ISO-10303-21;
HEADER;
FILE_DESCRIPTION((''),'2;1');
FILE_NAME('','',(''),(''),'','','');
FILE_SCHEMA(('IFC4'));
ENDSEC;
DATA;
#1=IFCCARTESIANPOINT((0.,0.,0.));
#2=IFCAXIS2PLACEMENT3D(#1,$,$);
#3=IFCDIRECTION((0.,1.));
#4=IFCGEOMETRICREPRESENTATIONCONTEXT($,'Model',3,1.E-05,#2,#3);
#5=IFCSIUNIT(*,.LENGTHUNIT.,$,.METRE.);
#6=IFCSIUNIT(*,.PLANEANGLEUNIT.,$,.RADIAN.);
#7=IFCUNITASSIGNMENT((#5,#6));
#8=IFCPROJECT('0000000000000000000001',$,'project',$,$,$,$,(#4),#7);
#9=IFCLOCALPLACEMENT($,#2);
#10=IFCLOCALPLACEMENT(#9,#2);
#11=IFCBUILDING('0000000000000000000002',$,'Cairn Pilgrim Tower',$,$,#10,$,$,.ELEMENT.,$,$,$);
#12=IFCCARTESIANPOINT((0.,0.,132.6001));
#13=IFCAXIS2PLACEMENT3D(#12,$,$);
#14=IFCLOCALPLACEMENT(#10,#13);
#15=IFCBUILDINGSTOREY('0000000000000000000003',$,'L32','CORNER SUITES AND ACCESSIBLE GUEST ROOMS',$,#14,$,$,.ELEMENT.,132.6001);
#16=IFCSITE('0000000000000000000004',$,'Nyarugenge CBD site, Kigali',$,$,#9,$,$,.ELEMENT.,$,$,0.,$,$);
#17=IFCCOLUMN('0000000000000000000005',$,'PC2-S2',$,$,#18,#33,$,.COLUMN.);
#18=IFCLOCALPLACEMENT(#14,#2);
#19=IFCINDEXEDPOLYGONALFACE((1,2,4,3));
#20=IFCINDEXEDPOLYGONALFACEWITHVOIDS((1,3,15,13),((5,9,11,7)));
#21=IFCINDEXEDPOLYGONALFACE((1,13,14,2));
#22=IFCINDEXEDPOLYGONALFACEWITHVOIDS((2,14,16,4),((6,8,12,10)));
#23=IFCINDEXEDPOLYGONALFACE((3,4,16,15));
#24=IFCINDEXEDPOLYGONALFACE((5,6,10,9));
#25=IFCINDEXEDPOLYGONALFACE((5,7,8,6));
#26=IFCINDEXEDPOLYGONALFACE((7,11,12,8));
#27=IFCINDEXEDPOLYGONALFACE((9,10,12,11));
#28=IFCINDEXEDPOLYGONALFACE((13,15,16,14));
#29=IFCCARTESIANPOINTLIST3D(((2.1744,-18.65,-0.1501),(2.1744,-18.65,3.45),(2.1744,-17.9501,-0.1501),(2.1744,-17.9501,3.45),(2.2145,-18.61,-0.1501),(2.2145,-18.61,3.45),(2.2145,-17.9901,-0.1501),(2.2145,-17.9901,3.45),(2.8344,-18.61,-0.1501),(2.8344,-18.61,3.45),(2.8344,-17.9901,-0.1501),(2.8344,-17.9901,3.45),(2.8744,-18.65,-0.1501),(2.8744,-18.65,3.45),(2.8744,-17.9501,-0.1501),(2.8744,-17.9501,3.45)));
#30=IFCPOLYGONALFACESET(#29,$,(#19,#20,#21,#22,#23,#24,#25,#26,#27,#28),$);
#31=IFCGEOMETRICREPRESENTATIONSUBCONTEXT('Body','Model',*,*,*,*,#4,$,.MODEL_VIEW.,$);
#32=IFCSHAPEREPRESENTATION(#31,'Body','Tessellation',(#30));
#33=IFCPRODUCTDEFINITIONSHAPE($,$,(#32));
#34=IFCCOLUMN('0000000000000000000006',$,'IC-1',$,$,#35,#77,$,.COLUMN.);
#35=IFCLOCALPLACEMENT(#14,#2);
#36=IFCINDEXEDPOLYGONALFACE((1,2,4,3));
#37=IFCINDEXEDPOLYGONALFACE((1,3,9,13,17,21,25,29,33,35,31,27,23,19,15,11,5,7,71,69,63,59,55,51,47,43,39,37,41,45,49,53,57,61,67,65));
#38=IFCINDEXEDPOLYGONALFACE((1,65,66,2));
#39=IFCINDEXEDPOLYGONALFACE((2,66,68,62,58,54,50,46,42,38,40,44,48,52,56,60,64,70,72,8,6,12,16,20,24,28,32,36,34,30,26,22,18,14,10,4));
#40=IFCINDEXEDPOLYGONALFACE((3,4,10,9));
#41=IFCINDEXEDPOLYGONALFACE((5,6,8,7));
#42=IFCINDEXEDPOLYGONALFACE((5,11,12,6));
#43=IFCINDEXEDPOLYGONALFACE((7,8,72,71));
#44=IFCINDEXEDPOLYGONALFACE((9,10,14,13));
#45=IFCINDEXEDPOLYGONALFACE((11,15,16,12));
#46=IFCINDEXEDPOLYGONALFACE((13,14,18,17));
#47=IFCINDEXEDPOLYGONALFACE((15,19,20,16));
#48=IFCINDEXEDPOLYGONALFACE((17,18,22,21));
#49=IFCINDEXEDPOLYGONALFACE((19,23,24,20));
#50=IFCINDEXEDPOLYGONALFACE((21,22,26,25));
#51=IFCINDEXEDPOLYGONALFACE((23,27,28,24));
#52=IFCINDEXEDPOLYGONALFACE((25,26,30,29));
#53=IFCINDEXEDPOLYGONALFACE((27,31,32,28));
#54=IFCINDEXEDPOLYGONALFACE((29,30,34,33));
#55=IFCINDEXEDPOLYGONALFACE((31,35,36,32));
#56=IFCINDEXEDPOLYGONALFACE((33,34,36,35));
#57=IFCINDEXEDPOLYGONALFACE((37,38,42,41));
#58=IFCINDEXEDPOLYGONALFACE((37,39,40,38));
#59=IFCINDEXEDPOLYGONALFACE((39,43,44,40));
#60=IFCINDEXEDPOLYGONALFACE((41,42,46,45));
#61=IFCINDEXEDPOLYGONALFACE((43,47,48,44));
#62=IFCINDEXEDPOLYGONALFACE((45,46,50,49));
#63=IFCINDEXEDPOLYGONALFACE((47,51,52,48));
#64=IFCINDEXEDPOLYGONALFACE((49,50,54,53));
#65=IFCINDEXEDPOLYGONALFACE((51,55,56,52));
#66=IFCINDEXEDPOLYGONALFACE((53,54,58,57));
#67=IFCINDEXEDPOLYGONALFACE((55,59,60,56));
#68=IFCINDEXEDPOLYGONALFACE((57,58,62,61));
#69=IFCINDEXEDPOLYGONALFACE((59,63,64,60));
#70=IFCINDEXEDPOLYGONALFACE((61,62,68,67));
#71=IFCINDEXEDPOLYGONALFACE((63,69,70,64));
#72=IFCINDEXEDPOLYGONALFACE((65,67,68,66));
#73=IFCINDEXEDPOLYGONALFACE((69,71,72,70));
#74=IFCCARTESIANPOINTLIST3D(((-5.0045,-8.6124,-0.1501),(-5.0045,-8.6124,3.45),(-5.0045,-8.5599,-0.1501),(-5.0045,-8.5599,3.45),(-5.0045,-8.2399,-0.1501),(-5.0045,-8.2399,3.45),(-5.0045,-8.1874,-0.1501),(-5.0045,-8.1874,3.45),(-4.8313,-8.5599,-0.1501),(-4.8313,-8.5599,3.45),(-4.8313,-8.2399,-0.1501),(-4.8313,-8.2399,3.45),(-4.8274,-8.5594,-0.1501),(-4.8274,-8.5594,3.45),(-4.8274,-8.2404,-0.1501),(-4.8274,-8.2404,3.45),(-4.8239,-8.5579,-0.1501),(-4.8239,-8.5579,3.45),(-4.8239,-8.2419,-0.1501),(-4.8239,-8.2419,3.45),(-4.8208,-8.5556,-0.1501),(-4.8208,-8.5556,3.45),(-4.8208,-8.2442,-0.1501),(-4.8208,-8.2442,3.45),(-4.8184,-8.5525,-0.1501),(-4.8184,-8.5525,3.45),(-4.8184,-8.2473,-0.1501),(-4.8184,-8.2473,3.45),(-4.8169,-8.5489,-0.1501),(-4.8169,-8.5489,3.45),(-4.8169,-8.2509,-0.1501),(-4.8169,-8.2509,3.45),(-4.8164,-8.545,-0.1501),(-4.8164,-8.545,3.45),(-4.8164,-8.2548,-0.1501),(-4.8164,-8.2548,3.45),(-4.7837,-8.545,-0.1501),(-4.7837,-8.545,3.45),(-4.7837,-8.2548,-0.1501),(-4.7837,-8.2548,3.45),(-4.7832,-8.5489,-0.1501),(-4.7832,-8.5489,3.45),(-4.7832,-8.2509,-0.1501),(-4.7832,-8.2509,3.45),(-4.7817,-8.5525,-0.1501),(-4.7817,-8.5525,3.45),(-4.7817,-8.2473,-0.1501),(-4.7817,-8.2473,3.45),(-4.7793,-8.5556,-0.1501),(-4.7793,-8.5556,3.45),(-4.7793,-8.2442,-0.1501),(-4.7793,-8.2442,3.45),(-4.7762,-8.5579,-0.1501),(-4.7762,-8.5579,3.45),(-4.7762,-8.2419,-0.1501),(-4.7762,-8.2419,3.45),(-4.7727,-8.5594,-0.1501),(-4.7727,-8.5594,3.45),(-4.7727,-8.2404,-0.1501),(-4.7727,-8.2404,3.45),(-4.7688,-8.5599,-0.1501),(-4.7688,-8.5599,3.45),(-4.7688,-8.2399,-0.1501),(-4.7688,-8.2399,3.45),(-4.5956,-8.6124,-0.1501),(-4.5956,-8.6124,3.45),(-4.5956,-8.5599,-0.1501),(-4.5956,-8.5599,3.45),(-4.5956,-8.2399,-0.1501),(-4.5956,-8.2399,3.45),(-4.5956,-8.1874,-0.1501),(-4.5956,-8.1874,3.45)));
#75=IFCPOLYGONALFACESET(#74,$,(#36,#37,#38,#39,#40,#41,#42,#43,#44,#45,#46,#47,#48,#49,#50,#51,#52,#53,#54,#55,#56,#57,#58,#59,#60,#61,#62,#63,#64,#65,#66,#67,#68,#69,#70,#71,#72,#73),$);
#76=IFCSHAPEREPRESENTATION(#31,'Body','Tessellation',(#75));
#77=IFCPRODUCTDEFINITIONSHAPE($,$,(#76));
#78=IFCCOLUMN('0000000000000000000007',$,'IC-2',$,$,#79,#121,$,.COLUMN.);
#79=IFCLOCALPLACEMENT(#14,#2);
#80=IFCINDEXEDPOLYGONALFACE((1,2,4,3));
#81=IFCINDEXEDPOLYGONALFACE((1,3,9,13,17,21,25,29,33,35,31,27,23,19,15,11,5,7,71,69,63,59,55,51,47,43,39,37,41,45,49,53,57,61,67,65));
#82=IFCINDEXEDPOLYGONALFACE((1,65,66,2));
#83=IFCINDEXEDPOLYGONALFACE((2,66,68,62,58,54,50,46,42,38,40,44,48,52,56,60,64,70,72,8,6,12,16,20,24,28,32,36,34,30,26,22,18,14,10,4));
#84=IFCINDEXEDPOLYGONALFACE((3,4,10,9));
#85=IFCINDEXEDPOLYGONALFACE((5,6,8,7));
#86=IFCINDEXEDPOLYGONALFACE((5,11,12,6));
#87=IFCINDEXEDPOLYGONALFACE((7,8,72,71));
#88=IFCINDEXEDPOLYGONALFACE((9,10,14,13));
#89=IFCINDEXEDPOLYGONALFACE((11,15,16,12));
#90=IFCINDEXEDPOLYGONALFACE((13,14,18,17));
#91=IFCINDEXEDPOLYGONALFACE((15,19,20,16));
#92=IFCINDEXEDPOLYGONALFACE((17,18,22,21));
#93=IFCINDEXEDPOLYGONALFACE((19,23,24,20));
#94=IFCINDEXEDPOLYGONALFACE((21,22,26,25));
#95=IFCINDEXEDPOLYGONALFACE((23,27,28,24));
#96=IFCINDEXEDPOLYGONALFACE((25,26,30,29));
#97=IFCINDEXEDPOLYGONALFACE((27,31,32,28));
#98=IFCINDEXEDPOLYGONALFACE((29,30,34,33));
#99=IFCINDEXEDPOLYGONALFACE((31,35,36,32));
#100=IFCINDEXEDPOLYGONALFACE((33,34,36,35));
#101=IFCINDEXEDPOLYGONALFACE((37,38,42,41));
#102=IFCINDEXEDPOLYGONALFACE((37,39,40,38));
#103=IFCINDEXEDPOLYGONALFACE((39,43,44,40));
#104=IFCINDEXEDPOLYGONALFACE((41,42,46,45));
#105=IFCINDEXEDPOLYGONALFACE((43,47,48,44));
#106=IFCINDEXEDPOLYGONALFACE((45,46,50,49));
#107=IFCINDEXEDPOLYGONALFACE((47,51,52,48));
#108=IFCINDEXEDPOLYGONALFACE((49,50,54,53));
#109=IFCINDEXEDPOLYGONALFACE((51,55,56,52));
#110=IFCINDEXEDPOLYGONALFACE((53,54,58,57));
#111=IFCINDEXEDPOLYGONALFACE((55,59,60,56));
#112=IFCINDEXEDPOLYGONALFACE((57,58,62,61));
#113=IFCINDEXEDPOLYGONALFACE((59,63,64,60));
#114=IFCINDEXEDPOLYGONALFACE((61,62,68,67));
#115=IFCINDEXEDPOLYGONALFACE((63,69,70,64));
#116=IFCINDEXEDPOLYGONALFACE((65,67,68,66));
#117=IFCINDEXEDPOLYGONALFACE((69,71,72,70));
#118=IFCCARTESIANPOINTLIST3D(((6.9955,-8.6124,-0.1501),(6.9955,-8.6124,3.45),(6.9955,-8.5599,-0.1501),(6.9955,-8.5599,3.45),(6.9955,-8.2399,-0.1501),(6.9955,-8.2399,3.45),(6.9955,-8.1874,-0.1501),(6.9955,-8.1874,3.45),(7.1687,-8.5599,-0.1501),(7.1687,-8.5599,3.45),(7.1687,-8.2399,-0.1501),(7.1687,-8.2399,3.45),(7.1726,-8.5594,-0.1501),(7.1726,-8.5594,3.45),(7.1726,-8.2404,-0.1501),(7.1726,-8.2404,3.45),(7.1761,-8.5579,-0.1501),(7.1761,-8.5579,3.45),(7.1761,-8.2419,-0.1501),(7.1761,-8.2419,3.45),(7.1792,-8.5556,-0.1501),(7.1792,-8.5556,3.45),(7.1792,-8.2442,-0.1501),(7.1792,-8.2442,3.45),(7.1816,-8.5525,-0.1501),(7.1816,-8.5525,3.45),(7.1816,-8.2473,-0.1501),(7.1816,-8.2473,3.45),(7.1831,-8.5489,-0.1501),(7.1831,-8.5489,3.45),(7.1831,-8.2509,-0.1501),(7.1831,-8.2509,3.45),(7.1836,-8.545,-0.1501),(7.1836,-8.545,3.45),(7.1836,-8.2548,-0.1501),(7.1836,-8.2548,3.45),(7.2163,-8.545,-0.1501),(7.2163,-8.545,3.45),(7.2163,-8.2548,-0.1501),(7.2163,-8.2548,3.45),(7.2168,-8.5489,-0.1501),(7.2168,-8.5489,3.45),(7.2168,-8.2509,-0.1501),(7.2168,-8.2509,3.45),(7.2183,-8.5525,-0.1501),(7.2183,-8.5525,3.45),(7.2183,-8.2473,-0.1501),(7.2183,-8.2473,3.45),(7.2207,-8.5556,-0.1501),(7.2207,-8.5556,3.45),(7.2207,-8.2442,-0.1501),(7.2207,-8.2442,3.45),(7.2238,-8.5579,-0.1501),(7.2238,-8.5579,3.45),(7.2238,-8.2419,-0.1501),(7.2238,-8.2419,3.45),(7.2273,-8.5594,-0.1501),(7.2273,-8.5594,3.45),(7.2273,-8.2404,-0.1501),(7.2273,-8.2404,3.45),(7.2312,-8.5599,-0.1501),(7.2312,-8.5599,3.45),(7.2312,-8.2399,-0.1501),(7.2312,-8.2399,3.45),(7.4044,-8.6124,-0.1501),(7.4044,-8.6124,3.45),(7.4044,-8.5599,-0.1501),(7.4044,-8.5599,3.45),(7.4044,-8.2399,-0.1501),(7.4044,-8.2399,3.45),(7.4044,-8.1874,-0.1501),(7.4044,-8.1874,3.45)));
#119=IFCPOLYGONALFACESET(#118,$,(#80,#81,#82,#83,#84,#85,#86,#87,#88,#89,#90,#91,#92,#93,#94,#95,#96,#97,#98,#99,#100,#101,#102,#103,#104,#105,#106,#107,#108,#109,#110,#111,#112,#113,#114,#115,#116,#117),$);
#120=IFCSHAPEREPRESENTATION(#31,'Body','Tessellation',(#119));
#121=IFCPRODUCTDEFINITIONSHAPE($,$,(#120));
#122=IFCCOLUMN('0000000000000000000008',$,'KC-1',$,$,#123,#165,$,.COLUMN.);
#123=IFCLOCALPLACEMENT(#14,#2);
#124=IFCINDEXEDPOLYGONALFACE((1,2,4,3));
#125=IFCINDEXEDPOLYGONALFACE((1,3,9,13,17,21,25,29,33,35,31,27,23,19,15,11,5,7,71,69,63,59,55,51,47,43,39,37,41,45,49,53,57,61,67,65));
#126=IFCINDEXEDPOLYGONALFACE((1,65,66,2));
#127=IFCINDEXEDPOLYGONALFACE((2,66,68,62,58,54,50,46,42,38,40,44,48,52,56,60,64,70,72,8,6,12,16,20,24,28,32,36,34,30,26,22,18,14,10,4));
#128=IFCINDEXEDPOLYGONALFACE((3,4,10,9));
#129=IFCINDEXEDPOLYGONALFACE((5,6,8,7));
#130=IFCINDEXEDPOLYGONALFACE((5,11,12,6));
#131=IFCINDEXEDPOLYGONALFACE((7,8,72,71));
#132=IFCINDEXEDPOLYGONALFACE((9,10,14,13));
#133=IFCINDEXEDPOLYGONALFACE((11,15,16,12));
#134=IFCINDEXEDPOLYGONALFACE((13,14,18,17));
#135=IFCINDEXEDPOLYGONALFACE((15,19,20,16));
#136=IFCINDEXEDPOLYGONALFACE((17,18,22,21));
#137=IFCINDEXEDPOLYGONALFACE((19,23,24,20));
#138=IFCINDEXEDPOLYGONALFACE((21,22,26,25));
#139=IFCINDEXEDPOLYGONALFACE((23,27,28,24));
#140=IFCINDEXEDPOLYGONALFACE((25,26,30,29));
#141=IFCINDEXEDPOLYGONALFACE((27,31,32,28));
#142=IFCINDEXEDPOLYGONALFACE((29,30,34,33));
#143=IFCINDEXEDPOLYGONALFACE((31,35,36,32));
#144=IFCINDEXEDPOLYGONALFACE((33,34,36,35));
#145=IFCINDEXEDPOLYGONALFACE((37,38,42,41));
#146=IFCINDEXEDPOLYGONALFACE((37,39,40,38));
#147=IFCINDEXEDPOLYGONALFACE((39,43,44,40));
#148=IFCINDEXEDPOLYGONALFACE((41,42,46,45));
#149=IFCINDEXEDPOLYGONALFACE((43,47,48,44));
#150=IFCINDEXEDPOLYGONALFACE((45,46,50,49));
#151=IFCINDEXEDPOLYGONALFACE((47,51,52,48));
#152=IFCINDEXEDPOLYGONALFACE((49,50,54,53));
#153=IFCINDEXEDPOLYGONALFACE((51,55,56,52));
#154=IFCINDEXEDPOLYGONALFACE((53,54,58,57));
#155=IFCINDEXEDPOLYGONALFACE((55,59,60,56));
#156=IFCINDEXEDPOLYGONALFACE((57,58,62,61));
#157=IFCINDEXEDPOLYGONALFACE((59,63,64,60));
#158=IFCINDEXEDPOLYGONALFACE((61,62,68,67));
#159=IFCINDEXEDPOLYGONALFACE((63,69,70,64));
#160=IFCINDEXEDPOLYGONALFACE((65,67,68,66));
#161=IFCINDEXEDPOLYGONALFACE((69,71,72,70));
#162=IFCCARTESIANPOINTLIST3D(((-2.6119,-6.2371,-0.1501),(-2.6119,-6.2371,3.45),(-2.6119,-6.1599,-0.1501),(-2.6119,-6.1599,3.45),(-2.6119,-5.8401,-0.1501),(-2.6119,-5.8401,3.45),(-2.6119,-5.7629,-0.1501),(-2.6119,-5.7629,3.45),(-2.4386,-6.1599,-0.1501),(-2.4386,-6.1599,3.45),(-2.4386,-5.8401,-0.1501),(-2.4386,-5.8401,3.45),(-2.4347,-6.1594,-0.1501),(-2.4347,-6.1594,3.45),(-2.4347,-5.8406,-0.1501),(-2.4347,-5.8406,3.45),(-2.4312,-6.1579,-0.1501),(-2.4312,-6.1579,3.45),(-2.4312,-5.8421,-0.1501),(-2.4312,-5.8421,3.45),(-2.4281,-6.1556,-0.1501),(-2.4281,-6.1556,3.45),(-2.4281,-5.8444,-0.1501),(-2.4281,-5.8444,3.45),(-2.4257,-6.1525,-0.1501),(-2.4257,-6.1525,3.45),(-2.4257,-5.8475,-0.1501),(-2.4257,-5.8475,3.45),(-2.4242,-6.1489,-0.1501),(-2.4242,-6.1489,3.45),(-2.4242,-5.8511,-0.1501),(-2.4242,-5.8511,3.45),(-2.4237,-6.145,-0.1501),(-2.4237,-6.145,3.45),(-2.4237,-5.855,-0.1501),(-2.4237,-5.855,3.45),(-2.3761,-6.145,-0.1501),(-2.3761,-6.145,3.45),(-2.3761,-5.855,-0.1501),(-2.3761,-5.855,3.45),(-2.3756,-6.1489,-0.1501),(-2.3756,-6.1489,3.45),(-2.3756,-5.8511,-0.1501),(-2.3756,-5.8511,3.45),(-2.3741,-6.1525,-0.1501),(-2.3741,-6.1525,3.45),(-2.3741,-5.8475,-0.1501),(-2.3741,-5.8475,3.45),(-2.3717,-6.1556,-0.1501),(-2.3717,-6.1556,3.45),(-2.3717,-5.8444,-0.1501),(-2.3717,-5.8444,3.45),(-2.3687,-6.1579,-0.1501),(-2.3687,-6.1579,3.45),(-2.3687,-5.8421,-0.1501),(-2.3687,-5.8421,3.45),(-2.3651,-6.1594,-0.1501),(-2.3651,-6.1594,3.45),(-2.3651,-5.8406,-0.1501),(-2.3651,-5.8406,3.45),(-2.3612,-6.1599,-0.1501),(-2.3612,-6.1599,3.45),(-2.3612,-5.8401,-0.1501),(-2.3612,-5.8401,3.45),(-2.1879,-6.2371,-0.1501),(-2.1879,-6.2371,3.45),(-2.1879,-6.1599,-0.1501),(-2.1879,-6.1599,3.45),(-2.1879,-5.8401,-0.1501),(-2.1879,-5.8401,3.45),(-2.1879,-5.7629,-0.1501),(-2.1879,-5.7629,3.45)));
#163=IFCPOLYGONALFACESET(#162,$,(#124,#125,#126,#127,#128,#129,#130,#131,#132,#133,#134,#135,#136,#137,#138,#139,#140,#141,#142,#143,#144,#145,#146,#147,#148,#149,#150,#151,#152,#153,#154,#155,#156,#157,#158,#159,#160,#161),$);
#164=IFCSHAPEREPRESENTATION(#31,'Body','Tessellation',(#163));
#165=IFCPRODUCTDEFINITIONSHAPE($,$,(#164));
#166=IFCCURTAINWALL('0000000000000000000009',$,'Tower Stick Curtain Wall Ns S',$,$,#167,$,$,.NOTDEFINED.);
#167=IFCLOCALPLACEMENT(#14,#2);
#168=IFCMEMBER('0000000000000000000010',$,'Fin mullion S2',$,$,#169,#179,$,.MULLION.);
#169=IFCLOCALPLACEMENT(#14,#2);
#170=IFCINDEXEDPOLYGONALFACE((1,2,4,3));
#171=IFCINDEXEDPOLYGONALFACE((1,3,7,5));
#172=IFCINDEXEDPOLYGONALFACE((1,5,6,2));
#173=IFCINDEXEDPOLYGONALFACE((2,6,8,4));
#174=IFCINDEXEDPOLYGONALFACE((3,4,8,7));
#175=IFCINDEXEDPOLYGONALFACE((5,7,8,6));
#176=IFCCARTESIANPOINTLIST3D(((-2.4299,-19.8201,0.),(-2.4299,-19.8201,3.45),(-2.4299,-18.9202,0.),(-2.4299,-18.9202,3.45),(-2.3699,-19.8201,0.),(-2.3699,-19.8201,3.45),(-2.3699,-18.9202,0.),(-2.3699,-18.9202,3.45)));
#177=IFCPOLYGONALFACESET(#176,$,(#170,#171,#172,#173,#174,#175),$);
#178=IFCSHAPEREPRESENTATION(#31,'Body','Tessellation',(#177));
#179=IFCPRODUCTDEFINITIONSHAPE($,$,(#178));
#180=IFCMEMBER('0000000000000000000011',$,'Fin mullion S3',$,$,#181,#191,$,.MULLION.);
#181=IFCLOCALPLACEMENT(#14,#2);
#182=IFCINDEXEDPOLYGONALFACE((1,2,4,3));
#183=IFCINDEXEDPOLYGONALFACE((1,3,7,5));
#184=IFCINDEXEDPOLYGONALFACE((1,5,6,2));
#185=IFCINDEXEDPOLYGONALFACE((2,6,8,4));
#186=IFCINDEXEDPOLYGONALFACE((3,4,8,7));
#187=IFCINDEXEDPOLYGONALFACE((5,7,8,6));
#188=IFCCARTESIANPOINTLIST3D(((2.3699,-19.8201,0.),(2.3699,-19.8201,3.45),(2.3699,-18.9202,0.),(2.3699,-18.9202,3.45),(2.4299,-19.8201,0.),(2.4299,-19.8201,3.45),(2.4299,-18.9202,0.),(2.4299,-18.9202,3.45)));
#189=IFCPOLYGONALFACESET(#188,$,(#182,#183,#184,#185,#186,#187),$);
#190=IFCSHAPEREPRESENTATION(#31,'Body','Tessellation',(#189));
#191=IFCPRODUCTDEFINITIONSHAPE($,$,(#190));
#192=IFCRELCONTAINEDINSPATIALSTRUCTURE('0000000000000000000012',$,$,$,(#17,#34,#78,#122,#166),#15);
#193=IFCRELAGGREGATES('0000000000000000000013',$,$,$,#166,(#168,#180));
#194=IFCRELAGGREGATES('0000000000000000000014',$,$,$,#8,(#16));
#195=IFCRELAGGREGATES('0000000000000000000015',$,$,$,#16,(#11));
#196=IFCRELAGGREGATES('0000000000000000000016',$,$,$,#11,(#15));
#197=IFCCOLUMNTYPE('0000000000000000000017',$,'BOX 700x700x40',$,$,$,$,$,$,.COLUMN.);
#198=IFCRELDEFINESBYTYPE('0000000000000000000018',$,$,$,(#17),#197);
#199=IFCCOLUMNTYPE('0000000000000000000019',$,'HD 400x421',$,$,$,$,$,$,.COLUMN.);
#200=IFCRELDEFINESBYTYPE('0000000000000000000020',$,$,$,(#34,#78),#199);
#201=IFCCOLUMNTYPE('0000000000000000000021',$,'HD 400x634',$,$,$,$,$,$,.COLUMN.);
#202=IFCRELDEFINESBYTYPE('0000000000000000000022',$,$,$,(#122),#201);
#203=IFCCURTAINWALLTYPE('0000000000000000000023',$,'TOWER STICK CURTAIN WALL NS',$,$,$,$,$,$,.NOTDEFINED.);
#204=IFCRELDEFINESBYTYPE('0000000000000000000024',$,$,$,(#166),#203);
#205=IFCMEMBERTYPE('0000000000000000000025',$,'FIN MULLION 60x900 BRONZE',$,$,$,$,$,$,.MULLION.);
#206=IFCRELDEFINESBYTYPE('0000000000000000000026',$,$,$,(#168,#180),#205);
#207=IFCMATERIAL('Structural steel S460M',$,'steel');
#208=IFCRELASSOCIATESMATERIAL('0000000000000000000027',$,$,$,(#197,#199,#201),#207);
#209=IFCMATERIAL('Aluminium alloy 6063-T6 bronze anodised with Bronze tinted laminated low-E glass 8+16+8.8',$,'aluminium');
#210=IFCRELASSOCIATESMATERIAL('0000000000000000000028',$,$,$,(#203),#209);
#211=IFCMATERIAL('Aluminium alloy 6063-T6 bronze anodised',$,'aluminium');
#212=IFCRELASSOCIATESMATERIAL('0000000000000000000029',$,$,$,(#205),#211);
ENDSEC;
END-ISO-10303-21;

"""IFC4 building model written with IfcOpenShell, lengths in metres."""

from ifc_helpers import new_model, si_unit, direction, frame, origin, origin_2d, place, context, subcontext, project, spatial, rectangle, hollow_rectangle, i_section, extrude, material, material_profile, profile_set, type_object, element, aggregate, save


model = new_model("IFC4")

# Units and contexts
model_context = context("Model", 3, precision=1e-05, world=origin(), true_north=direction((0.0, 1.0)))
body_context = subcontext(model_context, "Body", "Model", "MODEL_VIEW")
ifc_project = project(units=[si_unit("LENGTHUNIT", "METRE"), si_unit("PLANEANGLEUNIT", "RADIAN")], contexts=[model_context])

# Site, building, storey
site_placement = place(None, origin())
site = spatial("IfcSite", under=ifc_project, at=site_placement, Name="Nyarugenge CBD site, Kigali", CompositionType="ELEMENT", RefElevation=0.0)
building_placement = place(site_placement, origin())
building = spatial("IfcBuilding", under=site, at=building_placement, Name="Cairn Pilgrim Tower", CompositionType="ELEMENT")
storey_placement = place(building_placement, frame((0.0, 0.0, 132.6001)))
storey = spatial("IfcBuildingStorey", under=building, at=storey_placement, Name="L32", Description="CORNER SUITES AND ACCESSIBLE GUEST ROOMS", CompositionType="ELEMENT", Elevation=132.6001)

# Columns
ifc_material_1 = material(Name="Structural steel S460M", Category="steel")
ifc_material_profile_1 = material_profile(ifc_material_1, hollow_rectangle(XDim=0.7, YDim=0.7, WallThickness=0.04, at=origin_2d()), Name="BOX 700x700x40")
ifc_profile_set_1 = profile_set([ifc_material_profile_1], Name="Structural steel S460M")
column_type_1 = type_object("IfcColumnType", Name="BOX 700x700x40", PredefinedType="COLUMN", material=ifc_profile_set_1)
column_1_placement = place(storey_placement, frame((2.5244, -18.3, -0.1501), z_axis=(0.0, 0.0, 1.0), x_axis=(1.0, 0.0, 0.0)))
element("IfcColumn", 1, at=column_1_placement, inside=storey, type_object=column_type_1, Name="PC2-S2", PredefinedType="COLUMN", context=body_context, shape_type="SweptSolid", body=[
    extrude(hollow_rectangle(XDim=0.7, YDim=0.7, WallThickness=0.04, at=origin_2d()), origin(), (0.0, 0.0, 1.0), 3.6001),
])
ifc_material_profile_2 = material_profile(ifc_material_1, i_section(OverallWidth=0.4089, OverallDepth=0.425, WebThickness=0.0327, FlangeThickness=0.0525, FilletRadius=0.0149, at=origin_2d()), Name="HD 400x421")
ifc_profile_set_2 = profile_set([ifc_material_profile_2], Name="Structural steel S460M")
column_type_2 = type_object("IfcColumnType", Name="HD 400x421", PredefinedType="COLUMN", material=ifc_profile_set_2)
for number, where, z_axis, x_axis, name in (
    (2, (-4.8, -8.3999, -0.1501), (0.0, 0.0, 1.0), (1.0, 0.0, 0.0), "IC-1"),
    (3, (7.2, -8.3999, -0.1501), (0.0, 0.0, 1.0), (1.0, 0.0, 0.0), "IC-2"),
):
    element("IfcColumn", number, at=place(storey_placement, frame(where, z_axis=z_axis, x_axis=x_axis)), inside=storey, type_object=column_type_2, Name=name, PredefinedType="COLUMN", context=body_context, shape_type="SweptSolid", body=[
        extrude(i_section(OverallWidth=0.4089, OverallDepth=0.425, WebThickness=0.0327, FlangeThickness=0.0525, FilletRadius=0.0149, at=origin_2d()), origin(), (0.0, 0.0, 1.0), 3.6001),
    ])
ifc_material_profile_3 = material_profile(ifc_material_1, i_section(OverallWidth=0.4241, OverallDepth=0.4741, WebThickness=0.0476, FlangeThickness=0.0771, FilletRadius=0.0149, at=origin_2d()), Name="HD 400x634")
ifc_profile_set_3 = profile_set([ifc_material_profile_3], Name="Structural steel S460M")
column_type_3 = type_object("IfcColumnType", Name="HD 400x634", PredefinedType="COLUMN", material=ifc_profile_set_3)
column_2_placement = place(storey_placement, frame((-2.3999, -6.0, -0.1501), z_axis=(0.0, 0.0, 1.0), x_axis=(1.0, 0.0, 0.0)))
element("IfcColumn", 4, at=column_2_placement, inside=storey, type_object=column_type_3, Name="KC-1", PredefinedType="COLUMN", context=body_context, shape_type="SweptSolid", body=[
    extrude(i_section(OverallWidth=0.4241, OverallDepth=0.4741, WebThickness=0.0476, FlangeThickness=0.0771, FilletRadius=0.0149, at=origin_2d()), origin(), (0.0, 0.0, 1.0), 3.6001),
])

# Curtain wall, members
ifc_material_2 = material(Name="Aluminium alloy 6063-T6 bronze anodised with Bronze tinted laminated low-E glass 8+16+8.8", Category="aluminium")
curtain_wall_type = type_object("IfcCurtainWallType", Name="TOWER STICK CURTAIN WALL NS", PredefinedType="NOTDEFINED", material=ifc_material_2)
curtain_wall_placement = place(storey_placement, origin())
curtain_wall = element("IfcCurtainWall", 5, at=curtain_wall_placement, inside=storey, type_object=curtain_wall_type, Name="Tower Stick Curtain Wall Ns S", PredefinedType="NOTDEFINED")
ifc_material_3 = material(Name="Aluminium alloy 6063-T6 bronze anodised", Category="aluminium")
ifc_material_profile_4 = material_profile(ifc_material_3, rectangle(XDim=0.8999, YDim=0.0601, at=origin_2d()), Name="FIN MULLION 60x900 BRONZE")
ifc_profile_set_4 = profile_set([ifc_material_profile_4], Name="Aluminium alloy 6063-T6 bronze anodised")
member_type_1 = type_object("IfcMemberType", Name="FIN MULLION 60x900 BRONZE", PredefinedType="MULLION", material=ifc_profile_set_4)
member_1_placement = place(storey_placement, frame((-2.3999, -19.3701, 0.0), z_axis=(0.0, 0.0, 1.0), x_axis=(0.0, -1.0, 0.0)))
member_1 = element("IfcMember", 6, at=member_1_placement, type_object=member_type_1, Name="Fin mullion S2", PredefinedType="MULLION", context=body_context, shape_type="SweptSolid", body=[
    extrude(rectangle(XDim=0.8999, YDim=0.0601, at=origin_2d()), origin(), (0.0, 0.0, 1.0), 3.45),
])
member_2_placement = place(storey_placement, frame((2.3999, -19.3701, 0.0), z_axis=(0.0, 0.0, 1.0), x_axis=(0.0, -1.0, 0.0)))
member_2 = element("IfcMember", 7, at=member_2_placement, type_object=member_type_1, Name="Fin mullion S3", PredefinedType="MULLION", context=body_context, shape_type="SweptSolid", body=[
    extrude(rectangle(XDim=0.8999, YDim=0.0601, at=origin_2d()), origin(), (0.0, 0.0, 1.0), 3.45),
])

aggregate(curtain_wall, [member_1, member_2])

save(model, "model.ifc")
